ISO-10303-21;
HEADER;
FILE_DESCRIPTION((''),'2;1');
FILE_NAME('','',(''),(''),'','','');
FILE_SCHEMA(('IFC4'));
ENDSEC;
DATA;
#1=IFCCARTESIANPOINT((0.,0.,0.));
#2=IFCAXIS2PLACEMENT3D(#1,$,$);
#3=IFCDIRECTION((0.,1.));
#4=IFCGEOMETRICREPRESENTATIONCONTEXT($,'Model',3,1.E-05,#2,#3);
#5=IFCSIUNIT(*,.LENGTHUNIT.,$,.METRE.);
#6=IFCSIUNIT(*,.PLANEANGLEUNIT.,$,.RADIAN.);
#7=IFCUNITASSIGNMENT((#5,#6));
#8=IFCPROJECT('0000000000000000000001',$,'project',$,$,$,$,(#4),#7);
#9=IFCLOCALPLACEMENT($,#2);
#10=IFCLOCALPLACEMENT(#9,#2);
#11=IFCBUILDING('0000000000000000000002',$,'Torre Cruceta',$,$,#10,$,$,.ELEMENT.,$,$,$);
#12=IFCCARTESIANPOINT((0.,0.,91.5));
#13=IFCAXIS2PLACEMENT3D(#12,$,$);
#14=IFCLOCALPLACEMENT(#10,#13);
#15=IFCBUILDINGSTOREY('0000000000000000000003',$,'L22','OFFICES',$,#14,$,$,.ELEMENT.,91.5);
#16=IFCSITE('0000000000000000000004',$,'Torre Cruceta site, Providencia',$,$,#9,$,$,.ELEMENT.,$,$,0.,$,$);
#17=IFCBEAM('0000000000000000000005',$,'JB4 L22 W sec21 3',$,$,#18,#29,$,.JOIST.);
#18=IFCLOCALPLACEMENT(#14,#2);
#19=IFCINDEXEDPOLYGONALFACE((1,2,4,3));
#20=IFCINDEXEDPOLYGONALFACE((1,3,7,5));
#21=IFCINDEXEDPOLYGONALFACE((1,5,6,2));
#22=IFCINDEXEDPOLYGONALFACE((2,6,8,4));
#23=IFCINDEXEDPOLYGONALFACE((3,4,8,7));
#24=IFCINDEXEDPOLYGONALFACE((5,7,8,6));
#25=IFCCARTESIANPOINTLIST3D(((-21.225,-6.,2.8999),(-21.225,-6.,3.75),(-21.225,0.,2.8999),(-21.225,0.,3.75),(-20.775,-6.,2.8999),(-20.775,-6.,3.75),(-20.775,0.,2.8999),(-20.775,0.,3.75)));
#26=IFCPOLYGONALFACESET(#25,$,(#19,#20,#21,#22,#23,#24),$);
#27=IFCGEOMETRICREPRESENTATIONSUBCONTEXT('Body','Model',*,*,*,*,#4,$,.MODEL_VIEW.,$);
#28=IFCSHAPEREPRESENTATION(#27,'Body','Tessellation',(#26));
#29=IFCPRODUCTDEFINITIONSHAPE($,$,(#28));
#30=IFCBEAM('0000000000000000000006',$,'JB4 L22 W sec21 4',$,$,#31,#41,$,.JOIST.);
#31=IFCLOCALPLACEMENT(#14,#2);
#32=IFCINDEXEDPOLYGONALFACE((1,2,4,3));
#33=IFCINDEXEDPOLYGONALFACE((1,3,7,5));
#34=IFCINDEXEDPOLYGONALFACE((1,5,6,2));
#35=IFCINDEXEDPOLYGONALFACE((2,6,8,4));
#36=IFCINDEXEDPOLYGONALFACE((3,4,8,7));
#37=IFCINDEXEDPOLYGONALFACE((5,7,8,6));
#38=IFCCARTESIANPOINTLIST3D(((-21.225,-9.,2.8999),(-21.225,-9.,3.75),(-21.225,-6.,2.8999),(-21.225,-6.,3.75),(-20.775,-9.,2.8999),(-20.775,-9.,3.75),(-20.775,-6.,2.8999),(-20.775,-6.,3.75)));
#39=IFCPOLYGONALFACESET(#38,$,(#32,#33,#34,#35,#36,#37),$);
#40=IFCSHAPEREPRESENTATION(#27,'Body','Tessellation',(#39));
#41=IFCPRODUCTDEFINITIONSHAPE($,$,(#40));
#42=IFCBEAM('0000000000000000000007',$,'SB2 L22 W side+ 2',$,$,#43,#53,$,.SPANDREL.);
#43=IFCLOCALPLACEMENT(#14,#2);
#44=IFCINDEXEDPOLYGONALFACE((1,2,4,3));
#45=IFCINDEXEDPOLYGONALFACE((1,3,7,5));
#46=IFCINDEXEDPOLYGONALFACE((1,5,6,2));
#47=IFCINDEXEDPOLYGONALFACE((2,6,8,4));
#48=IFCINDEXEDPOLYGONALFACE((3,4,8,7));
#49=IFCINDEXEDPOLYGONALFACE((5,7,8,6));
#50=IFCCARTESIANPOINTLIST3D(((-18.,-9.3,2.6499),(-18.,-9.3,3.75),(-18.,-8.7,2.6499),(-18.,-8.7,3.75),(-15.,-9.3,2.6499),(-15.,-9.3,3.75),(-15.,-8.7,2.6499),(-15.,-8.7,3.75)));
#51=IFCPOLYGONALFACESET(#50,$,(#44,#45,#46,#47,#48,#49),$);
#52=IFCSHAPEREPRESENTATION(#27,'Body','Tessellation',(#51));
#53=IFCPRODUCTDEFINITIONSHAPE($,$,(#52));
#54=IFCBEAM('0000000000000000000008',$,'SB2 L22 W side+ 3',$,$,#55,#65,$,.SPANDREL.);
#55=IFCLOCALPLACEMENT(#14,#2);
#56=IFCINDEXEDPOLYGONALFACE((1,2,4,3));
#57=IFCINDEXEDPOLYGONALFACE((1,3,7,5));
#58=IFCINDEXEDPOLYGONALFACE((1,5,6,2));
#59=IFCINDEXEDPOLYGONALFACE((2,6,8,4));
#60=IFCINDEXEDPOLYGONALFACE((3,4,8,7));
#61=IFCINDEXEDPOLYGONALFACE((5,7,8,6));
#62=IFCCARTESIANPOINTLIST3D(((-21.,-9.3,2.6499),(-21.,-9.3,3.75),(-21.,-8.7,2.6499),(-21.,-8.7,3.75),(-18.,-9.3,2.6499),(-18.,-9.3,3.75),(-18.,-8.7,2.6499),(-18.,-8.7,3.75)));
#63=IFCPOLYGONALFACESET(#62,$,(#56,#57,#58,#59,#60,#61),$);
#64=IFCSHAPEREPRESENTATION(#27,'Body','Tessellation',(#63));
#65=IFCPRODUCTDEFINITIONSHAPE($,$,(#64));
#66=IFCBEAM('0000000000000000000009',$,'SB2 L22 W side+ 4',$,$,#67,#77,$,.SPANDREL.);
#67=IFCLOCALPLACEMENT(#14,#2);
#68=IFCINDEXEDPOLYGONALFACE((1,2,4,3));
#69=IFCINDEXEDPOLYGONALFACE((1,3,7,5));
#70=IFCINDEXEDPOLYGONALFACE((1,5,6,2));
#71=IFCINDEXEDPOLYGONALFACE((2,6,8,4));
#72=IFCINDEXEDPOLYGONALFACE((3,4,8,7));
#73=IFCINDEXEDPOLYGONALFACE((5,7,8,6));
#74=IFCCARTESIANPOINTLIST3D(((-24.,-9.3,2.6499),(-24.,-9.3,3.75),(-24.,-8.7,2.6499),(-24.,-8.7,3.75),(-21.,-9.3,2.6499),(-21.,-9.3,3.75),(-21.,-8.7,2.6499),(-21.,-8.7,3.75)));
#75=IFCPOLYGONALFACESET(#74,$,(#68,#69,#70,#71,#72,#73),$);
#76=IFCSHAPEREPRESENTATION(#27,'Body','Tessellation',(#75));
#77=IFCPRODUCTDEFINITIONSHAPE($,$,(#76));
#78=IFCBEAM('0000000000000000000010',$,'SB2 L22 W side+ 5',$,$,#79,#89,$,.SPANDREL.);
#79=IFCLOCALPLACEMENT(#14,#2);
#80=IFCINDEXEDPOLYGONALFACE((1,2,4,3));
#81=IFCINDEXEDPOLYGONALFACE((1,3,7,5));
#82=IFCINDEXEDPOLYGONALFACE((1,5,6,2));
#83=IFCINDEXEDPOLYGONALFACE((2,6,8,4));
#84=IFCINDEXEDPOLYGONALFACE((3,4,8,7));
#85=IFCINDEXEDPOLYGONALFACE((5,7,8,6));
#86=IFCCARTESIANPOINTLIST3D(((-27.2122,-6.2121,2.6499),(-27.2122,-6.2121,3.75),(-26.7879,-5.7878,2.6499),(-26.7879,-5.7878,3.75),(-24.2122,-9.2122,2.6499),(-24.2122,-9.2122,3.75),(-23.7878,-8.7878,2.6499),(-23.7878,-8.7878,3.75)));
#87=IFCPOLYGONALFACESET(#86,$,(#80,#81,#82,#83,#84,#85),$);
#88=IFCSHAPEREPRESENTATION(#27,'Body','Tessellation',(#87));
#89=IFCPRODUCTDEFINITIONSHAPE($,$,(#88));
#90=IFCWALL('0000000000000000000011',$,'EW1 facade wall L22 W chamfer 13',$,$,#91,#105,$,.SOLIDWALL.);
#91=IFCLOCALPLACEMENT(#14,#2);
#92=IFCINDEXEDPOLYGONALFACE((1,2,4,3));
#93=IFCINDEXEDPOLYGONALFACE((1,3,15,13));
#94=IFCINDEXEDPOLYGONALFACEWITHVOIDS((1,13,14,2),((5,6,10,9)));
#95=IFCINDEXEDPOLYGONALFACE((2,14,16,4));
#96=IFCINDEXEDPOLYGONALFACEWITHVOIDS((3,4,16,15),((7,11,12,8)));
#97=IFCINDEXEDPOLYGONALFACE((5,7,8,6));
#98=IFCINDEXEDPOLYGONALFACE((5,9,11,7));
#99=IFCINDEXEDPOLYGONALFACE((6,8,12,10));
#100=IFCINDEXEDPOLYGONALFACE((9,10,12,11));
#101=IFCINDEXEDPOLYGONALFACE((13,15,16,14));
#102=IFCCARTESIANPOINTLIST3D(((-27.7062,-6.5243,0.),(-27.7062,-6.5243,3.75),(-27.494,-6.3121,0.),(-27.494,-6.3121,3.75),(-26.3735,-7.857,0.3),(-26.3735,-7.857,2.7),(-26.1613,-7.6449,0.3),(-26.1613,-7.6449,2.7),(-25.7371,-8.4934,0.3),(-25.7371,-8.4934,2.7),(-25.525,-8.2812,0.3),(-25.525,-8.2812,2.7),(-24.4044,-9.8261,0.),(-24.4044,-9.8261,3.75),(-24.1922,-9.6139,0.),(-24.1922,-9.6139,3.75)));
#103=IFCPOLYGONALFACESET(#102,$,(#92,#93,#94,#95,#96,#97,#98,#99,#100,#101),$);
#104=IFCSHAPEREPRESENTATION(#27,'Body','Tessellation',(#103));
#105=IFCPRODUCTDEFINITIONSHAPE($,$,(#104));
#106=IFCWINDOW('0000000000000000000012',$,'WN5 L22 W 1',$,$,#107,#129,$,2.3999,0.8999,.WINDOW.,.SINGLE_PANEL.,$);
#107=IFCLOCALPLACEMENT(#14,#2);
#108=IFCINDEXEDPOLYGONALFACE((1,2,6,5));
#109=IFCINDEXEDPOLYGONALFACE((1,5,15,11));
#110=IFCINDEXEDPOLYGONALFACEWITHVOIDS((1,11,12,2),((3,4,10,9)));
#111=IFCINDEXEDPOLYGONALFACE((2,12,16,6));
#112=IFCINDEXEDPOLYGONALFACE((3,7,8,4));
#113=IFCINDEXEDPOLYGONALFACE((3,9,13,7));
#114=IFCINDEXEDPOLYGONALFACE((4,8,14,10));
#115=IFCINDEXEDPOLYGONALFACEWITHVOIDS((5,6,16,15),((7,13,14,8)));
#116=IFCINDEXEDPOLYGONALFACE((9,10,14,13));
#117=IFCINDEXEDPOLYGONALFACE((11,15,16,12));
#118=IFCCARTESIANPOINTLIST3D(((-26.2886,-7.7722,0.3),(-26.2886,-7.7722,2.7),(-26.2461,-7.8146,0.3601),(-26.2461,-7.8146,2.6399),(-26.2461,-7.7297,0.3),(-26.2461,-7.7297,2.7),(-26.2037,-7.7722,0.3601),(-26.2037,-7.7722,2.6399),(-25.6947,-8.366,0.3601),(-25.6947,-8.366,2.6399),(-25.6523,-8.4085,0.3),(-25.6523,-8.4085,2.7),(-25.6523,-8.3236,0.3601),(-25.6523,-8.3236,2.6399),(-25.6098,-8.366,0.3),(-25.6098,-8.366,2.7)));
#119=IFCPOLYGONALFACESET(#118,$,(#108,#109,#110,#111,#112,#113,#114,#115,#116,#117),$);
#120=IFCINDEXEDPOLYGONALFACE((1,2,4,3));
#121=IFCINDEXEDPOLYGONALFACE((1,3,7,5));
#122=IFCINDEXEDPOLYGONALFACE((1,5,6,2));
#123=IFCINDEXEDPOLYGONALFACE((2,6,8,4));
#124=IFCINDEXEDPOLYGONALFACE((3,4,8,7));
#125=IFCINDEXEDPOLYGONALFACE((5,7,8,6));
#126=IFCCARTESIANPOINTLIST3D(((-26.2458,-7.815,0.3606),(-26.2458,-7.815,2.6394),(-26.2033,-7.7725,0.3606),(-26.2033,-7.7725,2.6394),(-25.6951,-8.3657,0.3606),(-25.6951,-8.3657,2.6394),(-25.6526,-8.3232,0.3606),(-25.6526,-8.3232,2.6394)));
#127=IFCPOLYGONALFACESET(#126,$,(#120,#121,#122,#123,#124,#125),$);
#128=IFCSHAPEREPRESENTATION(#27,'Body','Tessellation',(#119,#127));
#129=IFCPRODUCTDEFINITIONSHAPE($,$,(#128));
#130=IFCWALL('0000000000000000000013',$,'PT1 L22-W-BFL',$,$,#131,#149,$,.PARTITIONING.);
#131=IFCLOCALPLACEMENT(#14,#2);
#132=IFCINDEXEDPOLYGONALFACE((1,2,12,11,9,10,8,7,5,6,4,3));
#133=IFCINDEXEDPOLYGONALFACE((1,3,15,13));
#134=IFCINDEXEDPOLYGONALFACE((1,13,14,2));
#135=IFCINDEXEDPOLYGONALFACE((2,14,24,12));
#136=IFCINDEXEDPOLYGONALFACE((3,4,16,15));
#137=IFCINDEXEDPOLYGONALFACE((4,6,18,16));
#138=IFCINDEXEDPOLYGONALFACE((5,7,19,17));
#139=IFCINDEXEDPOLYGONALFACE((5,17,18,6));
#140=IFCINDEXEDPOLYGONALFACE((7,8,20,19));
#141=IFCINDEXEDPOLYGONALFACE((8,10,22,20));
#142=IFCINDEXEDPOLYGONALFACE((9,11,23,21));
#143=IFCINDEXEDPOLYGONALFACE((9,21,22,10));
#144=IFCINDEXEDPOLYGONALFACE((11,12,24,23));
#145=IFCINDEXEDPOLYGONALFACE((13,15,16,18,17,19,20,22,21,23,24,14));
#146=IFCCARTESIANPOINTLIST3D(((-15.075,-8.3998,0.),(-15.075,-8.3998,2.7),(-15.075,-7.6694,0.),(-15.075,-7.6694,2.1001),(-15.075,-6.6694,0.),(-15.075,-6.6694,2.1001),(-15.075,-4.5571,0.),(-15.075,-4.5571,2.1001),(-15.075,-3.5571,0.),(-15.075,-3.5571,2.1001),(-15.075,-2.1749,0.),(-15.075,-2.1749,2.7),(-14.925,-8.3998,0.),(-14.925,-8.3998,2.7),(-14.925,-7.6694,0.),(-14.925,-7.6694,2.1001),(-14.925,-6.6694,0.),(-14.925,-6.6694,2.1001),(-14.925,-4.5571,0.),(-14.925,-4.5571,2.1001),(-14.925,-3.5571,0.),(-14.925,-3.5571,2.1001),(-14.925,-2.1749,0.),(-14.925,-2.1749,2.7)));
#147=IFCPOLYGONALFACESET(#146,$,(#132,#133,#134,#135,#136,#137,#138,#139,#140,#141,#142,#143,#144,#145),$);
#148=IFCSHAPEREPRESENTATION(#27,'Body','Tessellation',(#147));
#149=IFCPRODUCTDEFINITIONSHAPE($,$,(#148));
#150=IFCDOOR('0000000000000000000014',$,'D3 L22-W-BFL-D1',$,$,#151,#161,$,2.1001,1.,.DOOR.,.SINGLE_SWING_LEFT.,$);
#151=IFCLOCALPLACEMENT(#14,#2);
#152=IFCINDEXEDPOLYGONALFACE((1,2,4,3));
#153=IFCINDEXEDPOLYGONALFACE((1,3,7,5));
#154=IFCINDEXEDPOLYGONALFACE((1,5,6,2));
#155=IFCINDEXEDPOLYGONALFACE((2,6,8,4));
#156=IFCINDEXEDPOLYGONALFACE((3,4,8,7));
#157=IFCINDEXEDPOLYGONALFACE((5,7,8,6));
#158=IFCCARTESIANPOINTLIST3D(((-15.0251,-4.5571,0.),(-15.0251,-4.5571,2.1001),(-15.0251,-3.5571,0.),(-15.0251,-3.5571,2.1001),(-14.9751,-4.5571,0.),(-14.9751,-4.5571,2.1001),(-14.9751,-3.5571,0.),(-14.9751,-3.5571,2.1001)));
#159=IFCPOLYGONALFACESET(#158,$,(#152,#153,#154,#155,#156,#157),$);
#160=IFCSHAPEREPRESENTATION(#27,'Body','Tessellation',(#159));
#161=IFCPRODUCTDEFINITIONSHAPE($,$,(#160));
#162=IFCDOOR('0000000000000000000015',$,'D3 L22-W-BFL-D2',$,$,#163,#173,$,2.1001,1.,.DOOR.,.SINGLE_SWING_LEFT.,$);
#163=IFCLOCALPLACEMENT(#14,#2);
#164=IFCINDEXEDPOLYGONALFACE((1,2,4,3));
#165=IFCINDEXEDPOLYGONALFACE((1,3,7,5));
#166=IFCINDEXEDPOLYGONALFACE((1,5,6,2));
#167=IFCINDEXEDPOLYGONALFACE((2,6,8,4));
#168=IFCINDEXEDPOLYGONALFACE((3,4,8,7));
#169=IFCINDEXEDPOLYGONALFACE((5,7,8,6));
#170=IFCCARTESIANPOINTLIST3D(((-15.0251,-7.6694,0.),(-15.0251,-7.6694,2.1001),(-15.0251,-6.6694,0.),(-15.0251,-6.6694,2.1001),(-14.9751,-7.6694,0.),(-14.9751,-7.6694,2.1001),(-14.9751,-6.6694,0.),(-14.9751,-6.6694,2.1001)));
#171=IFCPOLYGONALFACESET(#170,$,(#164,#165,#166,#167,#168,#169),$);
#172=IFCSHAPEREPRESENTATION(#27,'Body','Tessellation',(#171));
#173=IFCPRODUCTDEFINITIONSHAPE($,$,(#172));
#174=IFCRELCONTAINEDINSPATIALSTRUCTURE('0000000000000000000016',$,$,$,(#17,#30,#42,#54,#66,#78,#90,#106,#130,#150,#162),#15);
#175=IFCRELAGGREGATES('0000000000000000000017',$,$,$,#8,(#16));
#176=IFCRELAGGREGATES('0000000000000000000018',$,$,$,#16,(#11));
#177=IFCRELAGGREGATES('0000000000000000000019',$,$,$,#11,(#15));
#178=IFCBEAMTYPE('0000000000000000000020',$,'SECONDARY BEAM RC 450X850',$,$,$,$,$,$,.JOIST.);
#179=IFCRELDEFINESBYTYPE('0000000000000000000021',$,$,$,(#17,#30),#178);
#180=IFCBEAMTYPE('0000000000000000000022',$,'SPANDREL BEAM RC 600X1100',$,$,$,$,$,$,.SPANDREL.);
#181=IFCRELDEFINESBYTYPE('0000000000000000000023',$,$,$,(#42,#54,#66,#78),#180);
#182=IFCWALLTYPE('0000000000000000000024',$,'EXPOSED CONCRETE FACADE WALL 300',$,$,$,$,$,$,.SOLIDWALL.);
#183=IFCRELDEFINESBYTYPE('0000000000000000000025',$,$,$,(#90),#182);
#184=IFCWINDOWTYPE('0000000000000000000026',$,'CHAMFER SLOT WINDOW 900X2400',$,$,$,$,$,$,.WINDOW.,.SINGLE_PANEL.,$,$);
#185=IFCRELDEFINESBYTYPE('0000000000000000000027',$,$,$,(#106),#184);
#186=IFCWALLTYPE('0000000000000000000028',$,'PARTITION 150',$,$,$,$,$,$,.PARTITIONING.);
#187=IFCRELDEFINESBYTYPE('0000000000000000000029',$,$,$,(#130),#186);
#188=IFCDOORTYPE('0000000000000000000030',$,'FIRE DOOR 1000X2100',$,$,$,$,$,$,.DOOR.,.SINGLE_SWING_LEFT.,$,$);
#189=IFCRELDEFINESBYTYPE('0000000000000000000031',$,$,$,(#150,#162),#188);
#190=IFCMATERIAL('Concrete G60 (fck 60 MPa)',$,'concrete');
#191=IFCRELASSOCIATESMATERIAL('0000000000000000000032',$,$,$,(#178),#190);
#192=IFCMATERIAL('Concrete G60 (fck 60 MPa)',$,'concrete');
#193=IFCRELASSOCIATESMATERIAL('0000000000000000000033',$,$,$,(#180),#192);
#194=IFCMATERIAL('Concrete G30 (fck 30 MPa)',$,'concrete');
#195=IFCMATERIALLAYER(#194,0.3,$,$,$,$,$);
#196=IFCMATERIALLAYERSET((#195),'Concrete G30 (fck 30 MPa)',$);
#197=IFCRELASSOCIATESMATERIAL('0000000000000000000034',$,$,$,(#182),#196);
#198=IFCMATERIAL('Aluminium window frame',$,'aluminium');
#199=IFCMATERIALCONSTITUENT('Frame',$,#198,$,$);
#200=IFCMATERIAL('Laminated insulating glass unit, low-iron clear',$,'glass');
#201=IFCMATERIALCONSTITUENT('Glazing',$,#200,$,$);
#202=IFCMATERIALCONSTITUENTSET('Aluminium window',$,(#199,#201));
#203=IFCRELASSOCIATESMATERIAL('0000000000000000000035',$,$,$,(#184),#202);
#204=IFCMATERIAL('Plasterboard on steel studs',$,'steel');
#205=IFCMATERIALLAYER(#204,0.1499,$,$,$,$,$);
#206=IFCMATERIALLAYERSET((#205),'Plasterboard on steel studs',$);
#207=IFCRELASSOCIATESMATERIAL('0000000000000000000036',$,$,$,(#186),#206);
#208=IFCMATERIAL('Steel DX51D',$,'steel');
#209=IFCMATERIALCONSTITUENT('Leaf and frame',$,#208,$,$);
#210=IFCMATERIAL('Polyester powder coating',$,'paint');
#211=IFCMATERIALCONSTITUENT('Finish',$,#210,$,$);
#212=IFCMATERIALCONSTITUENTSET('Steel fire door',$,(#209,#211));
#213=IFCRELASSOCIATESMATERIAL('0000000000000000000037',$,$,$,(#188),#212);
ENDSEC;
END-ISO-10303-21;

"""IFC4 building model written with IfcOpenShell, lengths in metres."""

from ifc_helpers import new_model, si_unit, direction, frame, frame_2d, origin, origin_2d, place, context, subcontext, project, spatial, rectangle, hollow_rectangle, extrude, material, layer, layer_set, constituent, constituent_set, material_profile, profile_set, type_object, element, fill, save


model = new_model("IFC4")

# Units and contexts
model_context = context("Model", 3, precision=1e-05, world=origin(), true_north=direction((0.0, 1.0)))
body_context = subcontext(model_context, "Body", "Model", "MODEL_VIEW")
ifc_project = project(units=[si_unit("LENGTHUNIT", "METRE"), si_unit("PLANEANGLEUNIT", "RADIAN")], contexts=[model_context])

# Site, building, storey
site_placement = place(None, origin())
site = spatial("IfcSite", under=ifc_project, at=site_placement, Name="Torre Cruceta site, Providencia", CompositionType="ELEMENT", RefElevation=0.0)
building_placement = place(site_placement, origin())
building = spatial("IfcBuilding", under=site, at=building_placement, Name="Torre Cruceta", CompositionType="ELEMENT")
storey_placement = place(building_placement, frame((0.0, 0.0, 91.5)))
storey = spatial("IfcBuildingStorey", under=building, at=storey_placement, Name="L22", Description="OFFICES", CompositionType="ELEMENT", Elevation=91.5)

# Beams
ifc_material_1 = material(Name="Concrete G60 (fck 60 MPa)", Category="concrete")
ifc_material_profile_1 = material_profile(ifc_material_1, rectangle(XDim=0.45, YDim=0.8501, at=origin_2d()), Name="RC 450X850")
ifc_profile_set_1 = profile_set([ifc_material_profile_1], Name="Concrete G60 (fck 60 MPa)")
beam_type_1 = type_object("IfcBeamType", Name="SECONDARY BEAM RC 450X850", PredefinedType="JOIST", material=ifc_profile_set_1)
beam_1_placement = place(storey_placement, frame((-21.0, 0.0, 3.325), z_axis=(0.0, -1.0, 0.0), x_axis=(1.0, 0.0, 0.0)))
element("IfcBeam", 1, at=beam_1_placement, inside=storey, type_object=beam_type_1, Name="JB4 L22 W sec21 3", PredefinedType="JOIST", context=body_context, shape_type="SweptSolid", body=[
    extrude(rectangle(XDim=0.45, YDim=0.8501, at=origin_2d()), origin(), (0.0, 0.0, 1.0), 6.0),
])
beam_2_placement = place(storey_placement, frame((-21.0, -6.0, 3.325), z_axis=(0.0, -1.0, 0.0), x_axis=(1.0, 0.0, 0.0)))
element("IfcBeam", 2, at=beam_2_placement, inside=storey, type_object=beam_type_1, Name="JB4 L22 W sec21 4", PredefinedType="JOIST", context=body_context, shape_type="SweptSolid", body=[
    extrude(rectangle(XDim=0.45, YDim=0.8501, at=origin_2d()), origin(), (0.0, 0.0, 1.0), 3.0),
])
ifc_material_2 = material(Name="Concrete G60 (fck 60 MPa)", Category="concrete")
ifc_material_profile_2 = material_profile(ifc_material_2, rectangle(XDim=0.6001, YDim=1.1001, at=origin_2d()), Name="RC 600X1100")
ifc_profile_set_2 = profile_set([ifc_material_profile_2], Name="Concrete G60 (fck 60 MPa)")
beam_type_2 = type_object("IfcBeamType", Name="SPANDREL BEAM RC 600X1100", PredefinedType="SPANDREL", material=ifc_profile_set_2)
for number, where, z_axis, x_axis, name in (
    (3, (-15.0, -9.0, 3.2), (-1.0, 0.0, 0.0), (0.0, -1.0, 0.0), "SB2 L22 W side+ 2"),
    (4, (-18.0, -9.0, 3.2), (-1.0, 0.0, 0.0), (0.0, -1.0, 0.0), "SB2 L22 W side+ 3"),
    (5, (-21.0, -9.0, 3.2), (-1.0, 0.0, 0.0), (0.0, -1.0, 0.0), "SB2 L22 W side+ 4"),
):
    element("IfcBeam", number, at=place(storey_placement, frame(where, z_axis=z_axis, x_axis=x_axis)), inside=storey, type_object=beam_type_2, Name=name, PredefinedType="SPANDREL", context=body_context, shape_type="SweptSolid", body=[
        extrude(rectangle(XDim=0.6001, YDim=1.1001, at=origin_2d()), origin(), (0.0, 0.0, 1.0), 3.0),
    ])
beam_3_placement = place(storey_placement, frame((-24.0, -9.0, 3.2), z_axis=(-0.707107, 0.707107, 0.0), x_axis=(-0.707107, -0.707107, 0.0)))
element("IfcBeam", 6, at=beam_3_placement, inside=storey, type_object=beam_type_2, Name="SB2 L22 W side+ 5", PredefinedType="SPANDREL", context=body_context, shape_type="SweptSolid", body=[
    extrude(rectangle(XDim=0.6001, YDim=1.1001, at=origin_2d()), origin(), (0.0, 0.0, 1.0), 4.2427),
])

# Wall, opening, window
ifc_material_3 = material(Name="Concrete G30 (fck 30 MPa)", Category="concrete")
ifc_layer_1 = layer(ifc_material_3, 0.3)
ifc_layer_set_1 = layer_set([ifc_layer_1], Name="Concrete G30 (fck 30 MPa)")
wall_type_1 = type_object("IfcWallType", Name="EXPOSED CONCRETE FACADE WALL 300", PredefinedType="SOLIDWALL", material=ifc_layer_set_1)
wall_1_placement = place(storey_placement, frame((-27.6001, -6.4182, 0.0), z_axis=(0.0, 0.0, 1.0), x_axis=(0.707107, -0.707107, 0.0)))
wall_1 = element("IfcWall", 7, at=wall_1_placement, inside=storey, type_object=wall_type_1, Name="EW1 facade wall L22 W chamfer 13", PredefinedType="SOLIDWALL", context=body_context, shape_type="SweptSolid", body=[
    extrude(rectangle(XDim=4.6694, YDim=0.3, at=frame_2d((2.3347, 0.0))), origin(), (0.0, 0.0, 1.0), 3.75),
])
opening_1_placement = place(wall_1_placement, frame((1.8848, 0.0, 0.3)))
opening_1 = element("IfcOpeningElement", 8, at=opening_1_placement, cuts=wall_1, PredefinedType="OPENING", context=body_context, shape_type="SweptSolid", body=[
    extrude(rectangle(XDim=0.8999, YDim=2.3999, at=frame_2d((0.45, 1.2))), frame((0.0, 0.1599, 0.0), z_axis=(0.0, -1.0, 0.0), x_axis=(1.0, 0.0, 0.0)), (0.0, 0.0, 1.0), 0.3201),
])
ifc_material_4 = material(Name="Aluminium window frame", Category="aluminium")
ifc_constituent_1 = constituent(ifc_material_4, Name="Frame")
ifc_material_5 = material(Name="Laminated insulating glass unit, low-iron clear", Category="glass")
ifc_constituent_2 = constituent(ifc_material_5, Name="Glazing")
ifc_constituent_set_1 = constituent_set(constituents=[ifc_constituent_1, ifc_constituent_2], Name="Aluminium window")
window_type = type_object("IfcWindowType", Name="CHAMFER SLOT WINDOW 900X2400", PartitioningType="SINGLE_PANEL", PredefinedType="WINDOW", material=ifc_constituent_set_1)
window_placement = place(opening_1_placement, origin())
window = element("IfcWindow", 9, at=window_placement, inside=storey, type_object=window_type, Name="WN5 L22 W 1", OverallHeight=2.3999, OverallWidth=0.8999, PartitioningType="SINGLE_PANEL", PredefinedType="WINDOW", context=body_context, shape_type="SweptSolid", body=[
    extrude(hollow_rectangle(XDim=0.8999, YDim=2.3999, WallThickness=0.0601, at=frame_2d((0.45, 1.2))), frame((0.0, 0.03, 0.0), z_axis=(0.0, -1.0, 0.0), x_axis=(1.0, 0.0, 0.0)), (0.0, 0.0, 1.0), 0.0601),
    extrude(rectangle(XDim=0.7788, YDim=2.2788, at=frame_2d((0.45, 1.2))), frame((0.0, 0.03, 0.0), z_axis=(0.0, -1.0, 0.0), x_axis=(1.0, 0.0, 0.0)), (0.0, 0.0, 1.0), 0.0601),
])
fill(opening_1, window)

# Wall, openings, doors
ifc_material_6 = material(Name="Plasterboard on steel studs", Category="steel")
ifc_layer_2 = layer(ifc_material_6, 0.1499)
ifc_layer_set_2 = layer_set([ifc_layer_2], Name="Plasterboard on steel studs")
wall_type_2 = type_object("IfcWallType", Name="PARTITION 150", PredefinedType="PARTITIONING", material=ifc_layer_set_2)
wall_2_placement = place(storey_placement, frame((-15.0, -2.175, 0.0), z_axis=(0.0, 0.0, 1.0), x_axis=(0.0, -1.0, 0.0)))
wall_2 = element("IfcWall", 10, at=wall_2_placement, inside=storey, type_object=wall_type_2, Name="PT1 L22-W-BFL", PredefinedType="PARTITIONING", context=body_context, shape_type="SweptSolid", body=[
    extrude(rectangle(XDim=6.2249, YDim=0.1499, at=frame_2d((3.1123, 0.0))), origin(), (0.0, 0.0, 1.0), 2.7),
])
opening_2_placement = place(wall_2_placement, frame((1.3821, 0.0, 0.0)))
opening_2 = element("IfcOpeningElement", 11, at=opening_2_placement, cuts=wall_2, PredefinedType="OPENING", context=body_context, shape_type="SweptSolid", body=[
    extrude(rectangle(XDim=1.0, YDim=2.1001, at=frame_2d((0.5, 1.05))), frame((0.0, 0.085, 0.0), z_axis=(0.0, -1.0, 0.0), x_axis=(1.0, 0.0, 0.0)), (0.0, 0.0, 1.0), 0.1699),
])
opening_3_placement = place(wall_2_placement, frame((4.4944, 0.0, 0.0)))
opening_3 = element("IfcOpeningElement", 12, at=opening_3_placement, cuts=wall_2, PredefinedType="OPENING", context=body_context, shape_type="SweptSolid", body=[
    extrude(rectangle(XDim=1.0, YDim=2.1001, at=frame_2d((0.5, 1.05))), frame((0.0, 0.085, 0.0), z_axis=(0.0, -1.0, 0.0), x_axis=(1.0, 0.0, 0.0)), (0.0, 0.0, 1.0), 0.1699),
])
ifc_material_7 = material(Name="Steel DX51D", Category="steel")
ifc_constituent_3 = constituent(ifc_material_7, Name="Leaf and frame")
ifc_material_8 = material(Name="Polyester powder coating", Category="paint")
ifc_constituent_4 = constituent(ifc_material_8, Name="Finish")
ifc_constituent_set_2 = constituent_set(constituents=[ifc_constituent_3, ifc_constituent_4], Name="Steel fire door")
door_type_1 = type_object("IfcDoorType", Name="FIRE DOOR 1000X2100", OperationType="SINGLE_SWING_LEFT", PredefinedType="DOOR", material=ifc_constituent_set_2)
door_1_placement = place(opening_2_placement, origin())
door_1 = element("IfcDoor", 13, at=door_1_placement, inside=storey, type_object=door_type_1, Name="D3 L22-W-BFL-D1", OperationType="SINGLE_SWING_LEFT", OverallHeight=2.1001, OverallWidth=1.0, PredefinedType="DOOR", context=body_context, shape_type="SweptSolid", body=[
    extrude(rectangle(XDim=1.0, YDim=2.1001, at=frame_2d((0.5, 1.05))), frame((0.0, 0.0249, 0.0), z_axis=(0.0, -1.0, 0.0), x_axis=(1.0, 0.0, 0.0)), (0.0, 0.0, 1.0), 0.05),
])
fill(opening_2, door_1)
door_2_placement = place(opening_3_placement, origin())
door_2 = element("IfcDoor", 14, at=door_2_placement, inside=storey, type_object=door_type_1, Name="D3 L22-W-BFL-D2", OperationType="SINGLE_SWING_LEFT", OverallHeight=2.1001, OverallWidth=1.0, PredefinedType="DOOR", context=body_context, shape_type="SweptSolid", body=[
    extrude(rectangle(XDim=1.0, YDim=2.1001, at=frame_2d((0.5, 1.05))), frame((0.0, 0.0249, 0.0), z_axis=(0.0, -1.0, 0.0), x_axis=(1.0, 0.0, 0.0)), (0.0, 0.0, 1.0), 0.05),
])
fill(opening_3, door_2)

save(model, "model.ifc")
